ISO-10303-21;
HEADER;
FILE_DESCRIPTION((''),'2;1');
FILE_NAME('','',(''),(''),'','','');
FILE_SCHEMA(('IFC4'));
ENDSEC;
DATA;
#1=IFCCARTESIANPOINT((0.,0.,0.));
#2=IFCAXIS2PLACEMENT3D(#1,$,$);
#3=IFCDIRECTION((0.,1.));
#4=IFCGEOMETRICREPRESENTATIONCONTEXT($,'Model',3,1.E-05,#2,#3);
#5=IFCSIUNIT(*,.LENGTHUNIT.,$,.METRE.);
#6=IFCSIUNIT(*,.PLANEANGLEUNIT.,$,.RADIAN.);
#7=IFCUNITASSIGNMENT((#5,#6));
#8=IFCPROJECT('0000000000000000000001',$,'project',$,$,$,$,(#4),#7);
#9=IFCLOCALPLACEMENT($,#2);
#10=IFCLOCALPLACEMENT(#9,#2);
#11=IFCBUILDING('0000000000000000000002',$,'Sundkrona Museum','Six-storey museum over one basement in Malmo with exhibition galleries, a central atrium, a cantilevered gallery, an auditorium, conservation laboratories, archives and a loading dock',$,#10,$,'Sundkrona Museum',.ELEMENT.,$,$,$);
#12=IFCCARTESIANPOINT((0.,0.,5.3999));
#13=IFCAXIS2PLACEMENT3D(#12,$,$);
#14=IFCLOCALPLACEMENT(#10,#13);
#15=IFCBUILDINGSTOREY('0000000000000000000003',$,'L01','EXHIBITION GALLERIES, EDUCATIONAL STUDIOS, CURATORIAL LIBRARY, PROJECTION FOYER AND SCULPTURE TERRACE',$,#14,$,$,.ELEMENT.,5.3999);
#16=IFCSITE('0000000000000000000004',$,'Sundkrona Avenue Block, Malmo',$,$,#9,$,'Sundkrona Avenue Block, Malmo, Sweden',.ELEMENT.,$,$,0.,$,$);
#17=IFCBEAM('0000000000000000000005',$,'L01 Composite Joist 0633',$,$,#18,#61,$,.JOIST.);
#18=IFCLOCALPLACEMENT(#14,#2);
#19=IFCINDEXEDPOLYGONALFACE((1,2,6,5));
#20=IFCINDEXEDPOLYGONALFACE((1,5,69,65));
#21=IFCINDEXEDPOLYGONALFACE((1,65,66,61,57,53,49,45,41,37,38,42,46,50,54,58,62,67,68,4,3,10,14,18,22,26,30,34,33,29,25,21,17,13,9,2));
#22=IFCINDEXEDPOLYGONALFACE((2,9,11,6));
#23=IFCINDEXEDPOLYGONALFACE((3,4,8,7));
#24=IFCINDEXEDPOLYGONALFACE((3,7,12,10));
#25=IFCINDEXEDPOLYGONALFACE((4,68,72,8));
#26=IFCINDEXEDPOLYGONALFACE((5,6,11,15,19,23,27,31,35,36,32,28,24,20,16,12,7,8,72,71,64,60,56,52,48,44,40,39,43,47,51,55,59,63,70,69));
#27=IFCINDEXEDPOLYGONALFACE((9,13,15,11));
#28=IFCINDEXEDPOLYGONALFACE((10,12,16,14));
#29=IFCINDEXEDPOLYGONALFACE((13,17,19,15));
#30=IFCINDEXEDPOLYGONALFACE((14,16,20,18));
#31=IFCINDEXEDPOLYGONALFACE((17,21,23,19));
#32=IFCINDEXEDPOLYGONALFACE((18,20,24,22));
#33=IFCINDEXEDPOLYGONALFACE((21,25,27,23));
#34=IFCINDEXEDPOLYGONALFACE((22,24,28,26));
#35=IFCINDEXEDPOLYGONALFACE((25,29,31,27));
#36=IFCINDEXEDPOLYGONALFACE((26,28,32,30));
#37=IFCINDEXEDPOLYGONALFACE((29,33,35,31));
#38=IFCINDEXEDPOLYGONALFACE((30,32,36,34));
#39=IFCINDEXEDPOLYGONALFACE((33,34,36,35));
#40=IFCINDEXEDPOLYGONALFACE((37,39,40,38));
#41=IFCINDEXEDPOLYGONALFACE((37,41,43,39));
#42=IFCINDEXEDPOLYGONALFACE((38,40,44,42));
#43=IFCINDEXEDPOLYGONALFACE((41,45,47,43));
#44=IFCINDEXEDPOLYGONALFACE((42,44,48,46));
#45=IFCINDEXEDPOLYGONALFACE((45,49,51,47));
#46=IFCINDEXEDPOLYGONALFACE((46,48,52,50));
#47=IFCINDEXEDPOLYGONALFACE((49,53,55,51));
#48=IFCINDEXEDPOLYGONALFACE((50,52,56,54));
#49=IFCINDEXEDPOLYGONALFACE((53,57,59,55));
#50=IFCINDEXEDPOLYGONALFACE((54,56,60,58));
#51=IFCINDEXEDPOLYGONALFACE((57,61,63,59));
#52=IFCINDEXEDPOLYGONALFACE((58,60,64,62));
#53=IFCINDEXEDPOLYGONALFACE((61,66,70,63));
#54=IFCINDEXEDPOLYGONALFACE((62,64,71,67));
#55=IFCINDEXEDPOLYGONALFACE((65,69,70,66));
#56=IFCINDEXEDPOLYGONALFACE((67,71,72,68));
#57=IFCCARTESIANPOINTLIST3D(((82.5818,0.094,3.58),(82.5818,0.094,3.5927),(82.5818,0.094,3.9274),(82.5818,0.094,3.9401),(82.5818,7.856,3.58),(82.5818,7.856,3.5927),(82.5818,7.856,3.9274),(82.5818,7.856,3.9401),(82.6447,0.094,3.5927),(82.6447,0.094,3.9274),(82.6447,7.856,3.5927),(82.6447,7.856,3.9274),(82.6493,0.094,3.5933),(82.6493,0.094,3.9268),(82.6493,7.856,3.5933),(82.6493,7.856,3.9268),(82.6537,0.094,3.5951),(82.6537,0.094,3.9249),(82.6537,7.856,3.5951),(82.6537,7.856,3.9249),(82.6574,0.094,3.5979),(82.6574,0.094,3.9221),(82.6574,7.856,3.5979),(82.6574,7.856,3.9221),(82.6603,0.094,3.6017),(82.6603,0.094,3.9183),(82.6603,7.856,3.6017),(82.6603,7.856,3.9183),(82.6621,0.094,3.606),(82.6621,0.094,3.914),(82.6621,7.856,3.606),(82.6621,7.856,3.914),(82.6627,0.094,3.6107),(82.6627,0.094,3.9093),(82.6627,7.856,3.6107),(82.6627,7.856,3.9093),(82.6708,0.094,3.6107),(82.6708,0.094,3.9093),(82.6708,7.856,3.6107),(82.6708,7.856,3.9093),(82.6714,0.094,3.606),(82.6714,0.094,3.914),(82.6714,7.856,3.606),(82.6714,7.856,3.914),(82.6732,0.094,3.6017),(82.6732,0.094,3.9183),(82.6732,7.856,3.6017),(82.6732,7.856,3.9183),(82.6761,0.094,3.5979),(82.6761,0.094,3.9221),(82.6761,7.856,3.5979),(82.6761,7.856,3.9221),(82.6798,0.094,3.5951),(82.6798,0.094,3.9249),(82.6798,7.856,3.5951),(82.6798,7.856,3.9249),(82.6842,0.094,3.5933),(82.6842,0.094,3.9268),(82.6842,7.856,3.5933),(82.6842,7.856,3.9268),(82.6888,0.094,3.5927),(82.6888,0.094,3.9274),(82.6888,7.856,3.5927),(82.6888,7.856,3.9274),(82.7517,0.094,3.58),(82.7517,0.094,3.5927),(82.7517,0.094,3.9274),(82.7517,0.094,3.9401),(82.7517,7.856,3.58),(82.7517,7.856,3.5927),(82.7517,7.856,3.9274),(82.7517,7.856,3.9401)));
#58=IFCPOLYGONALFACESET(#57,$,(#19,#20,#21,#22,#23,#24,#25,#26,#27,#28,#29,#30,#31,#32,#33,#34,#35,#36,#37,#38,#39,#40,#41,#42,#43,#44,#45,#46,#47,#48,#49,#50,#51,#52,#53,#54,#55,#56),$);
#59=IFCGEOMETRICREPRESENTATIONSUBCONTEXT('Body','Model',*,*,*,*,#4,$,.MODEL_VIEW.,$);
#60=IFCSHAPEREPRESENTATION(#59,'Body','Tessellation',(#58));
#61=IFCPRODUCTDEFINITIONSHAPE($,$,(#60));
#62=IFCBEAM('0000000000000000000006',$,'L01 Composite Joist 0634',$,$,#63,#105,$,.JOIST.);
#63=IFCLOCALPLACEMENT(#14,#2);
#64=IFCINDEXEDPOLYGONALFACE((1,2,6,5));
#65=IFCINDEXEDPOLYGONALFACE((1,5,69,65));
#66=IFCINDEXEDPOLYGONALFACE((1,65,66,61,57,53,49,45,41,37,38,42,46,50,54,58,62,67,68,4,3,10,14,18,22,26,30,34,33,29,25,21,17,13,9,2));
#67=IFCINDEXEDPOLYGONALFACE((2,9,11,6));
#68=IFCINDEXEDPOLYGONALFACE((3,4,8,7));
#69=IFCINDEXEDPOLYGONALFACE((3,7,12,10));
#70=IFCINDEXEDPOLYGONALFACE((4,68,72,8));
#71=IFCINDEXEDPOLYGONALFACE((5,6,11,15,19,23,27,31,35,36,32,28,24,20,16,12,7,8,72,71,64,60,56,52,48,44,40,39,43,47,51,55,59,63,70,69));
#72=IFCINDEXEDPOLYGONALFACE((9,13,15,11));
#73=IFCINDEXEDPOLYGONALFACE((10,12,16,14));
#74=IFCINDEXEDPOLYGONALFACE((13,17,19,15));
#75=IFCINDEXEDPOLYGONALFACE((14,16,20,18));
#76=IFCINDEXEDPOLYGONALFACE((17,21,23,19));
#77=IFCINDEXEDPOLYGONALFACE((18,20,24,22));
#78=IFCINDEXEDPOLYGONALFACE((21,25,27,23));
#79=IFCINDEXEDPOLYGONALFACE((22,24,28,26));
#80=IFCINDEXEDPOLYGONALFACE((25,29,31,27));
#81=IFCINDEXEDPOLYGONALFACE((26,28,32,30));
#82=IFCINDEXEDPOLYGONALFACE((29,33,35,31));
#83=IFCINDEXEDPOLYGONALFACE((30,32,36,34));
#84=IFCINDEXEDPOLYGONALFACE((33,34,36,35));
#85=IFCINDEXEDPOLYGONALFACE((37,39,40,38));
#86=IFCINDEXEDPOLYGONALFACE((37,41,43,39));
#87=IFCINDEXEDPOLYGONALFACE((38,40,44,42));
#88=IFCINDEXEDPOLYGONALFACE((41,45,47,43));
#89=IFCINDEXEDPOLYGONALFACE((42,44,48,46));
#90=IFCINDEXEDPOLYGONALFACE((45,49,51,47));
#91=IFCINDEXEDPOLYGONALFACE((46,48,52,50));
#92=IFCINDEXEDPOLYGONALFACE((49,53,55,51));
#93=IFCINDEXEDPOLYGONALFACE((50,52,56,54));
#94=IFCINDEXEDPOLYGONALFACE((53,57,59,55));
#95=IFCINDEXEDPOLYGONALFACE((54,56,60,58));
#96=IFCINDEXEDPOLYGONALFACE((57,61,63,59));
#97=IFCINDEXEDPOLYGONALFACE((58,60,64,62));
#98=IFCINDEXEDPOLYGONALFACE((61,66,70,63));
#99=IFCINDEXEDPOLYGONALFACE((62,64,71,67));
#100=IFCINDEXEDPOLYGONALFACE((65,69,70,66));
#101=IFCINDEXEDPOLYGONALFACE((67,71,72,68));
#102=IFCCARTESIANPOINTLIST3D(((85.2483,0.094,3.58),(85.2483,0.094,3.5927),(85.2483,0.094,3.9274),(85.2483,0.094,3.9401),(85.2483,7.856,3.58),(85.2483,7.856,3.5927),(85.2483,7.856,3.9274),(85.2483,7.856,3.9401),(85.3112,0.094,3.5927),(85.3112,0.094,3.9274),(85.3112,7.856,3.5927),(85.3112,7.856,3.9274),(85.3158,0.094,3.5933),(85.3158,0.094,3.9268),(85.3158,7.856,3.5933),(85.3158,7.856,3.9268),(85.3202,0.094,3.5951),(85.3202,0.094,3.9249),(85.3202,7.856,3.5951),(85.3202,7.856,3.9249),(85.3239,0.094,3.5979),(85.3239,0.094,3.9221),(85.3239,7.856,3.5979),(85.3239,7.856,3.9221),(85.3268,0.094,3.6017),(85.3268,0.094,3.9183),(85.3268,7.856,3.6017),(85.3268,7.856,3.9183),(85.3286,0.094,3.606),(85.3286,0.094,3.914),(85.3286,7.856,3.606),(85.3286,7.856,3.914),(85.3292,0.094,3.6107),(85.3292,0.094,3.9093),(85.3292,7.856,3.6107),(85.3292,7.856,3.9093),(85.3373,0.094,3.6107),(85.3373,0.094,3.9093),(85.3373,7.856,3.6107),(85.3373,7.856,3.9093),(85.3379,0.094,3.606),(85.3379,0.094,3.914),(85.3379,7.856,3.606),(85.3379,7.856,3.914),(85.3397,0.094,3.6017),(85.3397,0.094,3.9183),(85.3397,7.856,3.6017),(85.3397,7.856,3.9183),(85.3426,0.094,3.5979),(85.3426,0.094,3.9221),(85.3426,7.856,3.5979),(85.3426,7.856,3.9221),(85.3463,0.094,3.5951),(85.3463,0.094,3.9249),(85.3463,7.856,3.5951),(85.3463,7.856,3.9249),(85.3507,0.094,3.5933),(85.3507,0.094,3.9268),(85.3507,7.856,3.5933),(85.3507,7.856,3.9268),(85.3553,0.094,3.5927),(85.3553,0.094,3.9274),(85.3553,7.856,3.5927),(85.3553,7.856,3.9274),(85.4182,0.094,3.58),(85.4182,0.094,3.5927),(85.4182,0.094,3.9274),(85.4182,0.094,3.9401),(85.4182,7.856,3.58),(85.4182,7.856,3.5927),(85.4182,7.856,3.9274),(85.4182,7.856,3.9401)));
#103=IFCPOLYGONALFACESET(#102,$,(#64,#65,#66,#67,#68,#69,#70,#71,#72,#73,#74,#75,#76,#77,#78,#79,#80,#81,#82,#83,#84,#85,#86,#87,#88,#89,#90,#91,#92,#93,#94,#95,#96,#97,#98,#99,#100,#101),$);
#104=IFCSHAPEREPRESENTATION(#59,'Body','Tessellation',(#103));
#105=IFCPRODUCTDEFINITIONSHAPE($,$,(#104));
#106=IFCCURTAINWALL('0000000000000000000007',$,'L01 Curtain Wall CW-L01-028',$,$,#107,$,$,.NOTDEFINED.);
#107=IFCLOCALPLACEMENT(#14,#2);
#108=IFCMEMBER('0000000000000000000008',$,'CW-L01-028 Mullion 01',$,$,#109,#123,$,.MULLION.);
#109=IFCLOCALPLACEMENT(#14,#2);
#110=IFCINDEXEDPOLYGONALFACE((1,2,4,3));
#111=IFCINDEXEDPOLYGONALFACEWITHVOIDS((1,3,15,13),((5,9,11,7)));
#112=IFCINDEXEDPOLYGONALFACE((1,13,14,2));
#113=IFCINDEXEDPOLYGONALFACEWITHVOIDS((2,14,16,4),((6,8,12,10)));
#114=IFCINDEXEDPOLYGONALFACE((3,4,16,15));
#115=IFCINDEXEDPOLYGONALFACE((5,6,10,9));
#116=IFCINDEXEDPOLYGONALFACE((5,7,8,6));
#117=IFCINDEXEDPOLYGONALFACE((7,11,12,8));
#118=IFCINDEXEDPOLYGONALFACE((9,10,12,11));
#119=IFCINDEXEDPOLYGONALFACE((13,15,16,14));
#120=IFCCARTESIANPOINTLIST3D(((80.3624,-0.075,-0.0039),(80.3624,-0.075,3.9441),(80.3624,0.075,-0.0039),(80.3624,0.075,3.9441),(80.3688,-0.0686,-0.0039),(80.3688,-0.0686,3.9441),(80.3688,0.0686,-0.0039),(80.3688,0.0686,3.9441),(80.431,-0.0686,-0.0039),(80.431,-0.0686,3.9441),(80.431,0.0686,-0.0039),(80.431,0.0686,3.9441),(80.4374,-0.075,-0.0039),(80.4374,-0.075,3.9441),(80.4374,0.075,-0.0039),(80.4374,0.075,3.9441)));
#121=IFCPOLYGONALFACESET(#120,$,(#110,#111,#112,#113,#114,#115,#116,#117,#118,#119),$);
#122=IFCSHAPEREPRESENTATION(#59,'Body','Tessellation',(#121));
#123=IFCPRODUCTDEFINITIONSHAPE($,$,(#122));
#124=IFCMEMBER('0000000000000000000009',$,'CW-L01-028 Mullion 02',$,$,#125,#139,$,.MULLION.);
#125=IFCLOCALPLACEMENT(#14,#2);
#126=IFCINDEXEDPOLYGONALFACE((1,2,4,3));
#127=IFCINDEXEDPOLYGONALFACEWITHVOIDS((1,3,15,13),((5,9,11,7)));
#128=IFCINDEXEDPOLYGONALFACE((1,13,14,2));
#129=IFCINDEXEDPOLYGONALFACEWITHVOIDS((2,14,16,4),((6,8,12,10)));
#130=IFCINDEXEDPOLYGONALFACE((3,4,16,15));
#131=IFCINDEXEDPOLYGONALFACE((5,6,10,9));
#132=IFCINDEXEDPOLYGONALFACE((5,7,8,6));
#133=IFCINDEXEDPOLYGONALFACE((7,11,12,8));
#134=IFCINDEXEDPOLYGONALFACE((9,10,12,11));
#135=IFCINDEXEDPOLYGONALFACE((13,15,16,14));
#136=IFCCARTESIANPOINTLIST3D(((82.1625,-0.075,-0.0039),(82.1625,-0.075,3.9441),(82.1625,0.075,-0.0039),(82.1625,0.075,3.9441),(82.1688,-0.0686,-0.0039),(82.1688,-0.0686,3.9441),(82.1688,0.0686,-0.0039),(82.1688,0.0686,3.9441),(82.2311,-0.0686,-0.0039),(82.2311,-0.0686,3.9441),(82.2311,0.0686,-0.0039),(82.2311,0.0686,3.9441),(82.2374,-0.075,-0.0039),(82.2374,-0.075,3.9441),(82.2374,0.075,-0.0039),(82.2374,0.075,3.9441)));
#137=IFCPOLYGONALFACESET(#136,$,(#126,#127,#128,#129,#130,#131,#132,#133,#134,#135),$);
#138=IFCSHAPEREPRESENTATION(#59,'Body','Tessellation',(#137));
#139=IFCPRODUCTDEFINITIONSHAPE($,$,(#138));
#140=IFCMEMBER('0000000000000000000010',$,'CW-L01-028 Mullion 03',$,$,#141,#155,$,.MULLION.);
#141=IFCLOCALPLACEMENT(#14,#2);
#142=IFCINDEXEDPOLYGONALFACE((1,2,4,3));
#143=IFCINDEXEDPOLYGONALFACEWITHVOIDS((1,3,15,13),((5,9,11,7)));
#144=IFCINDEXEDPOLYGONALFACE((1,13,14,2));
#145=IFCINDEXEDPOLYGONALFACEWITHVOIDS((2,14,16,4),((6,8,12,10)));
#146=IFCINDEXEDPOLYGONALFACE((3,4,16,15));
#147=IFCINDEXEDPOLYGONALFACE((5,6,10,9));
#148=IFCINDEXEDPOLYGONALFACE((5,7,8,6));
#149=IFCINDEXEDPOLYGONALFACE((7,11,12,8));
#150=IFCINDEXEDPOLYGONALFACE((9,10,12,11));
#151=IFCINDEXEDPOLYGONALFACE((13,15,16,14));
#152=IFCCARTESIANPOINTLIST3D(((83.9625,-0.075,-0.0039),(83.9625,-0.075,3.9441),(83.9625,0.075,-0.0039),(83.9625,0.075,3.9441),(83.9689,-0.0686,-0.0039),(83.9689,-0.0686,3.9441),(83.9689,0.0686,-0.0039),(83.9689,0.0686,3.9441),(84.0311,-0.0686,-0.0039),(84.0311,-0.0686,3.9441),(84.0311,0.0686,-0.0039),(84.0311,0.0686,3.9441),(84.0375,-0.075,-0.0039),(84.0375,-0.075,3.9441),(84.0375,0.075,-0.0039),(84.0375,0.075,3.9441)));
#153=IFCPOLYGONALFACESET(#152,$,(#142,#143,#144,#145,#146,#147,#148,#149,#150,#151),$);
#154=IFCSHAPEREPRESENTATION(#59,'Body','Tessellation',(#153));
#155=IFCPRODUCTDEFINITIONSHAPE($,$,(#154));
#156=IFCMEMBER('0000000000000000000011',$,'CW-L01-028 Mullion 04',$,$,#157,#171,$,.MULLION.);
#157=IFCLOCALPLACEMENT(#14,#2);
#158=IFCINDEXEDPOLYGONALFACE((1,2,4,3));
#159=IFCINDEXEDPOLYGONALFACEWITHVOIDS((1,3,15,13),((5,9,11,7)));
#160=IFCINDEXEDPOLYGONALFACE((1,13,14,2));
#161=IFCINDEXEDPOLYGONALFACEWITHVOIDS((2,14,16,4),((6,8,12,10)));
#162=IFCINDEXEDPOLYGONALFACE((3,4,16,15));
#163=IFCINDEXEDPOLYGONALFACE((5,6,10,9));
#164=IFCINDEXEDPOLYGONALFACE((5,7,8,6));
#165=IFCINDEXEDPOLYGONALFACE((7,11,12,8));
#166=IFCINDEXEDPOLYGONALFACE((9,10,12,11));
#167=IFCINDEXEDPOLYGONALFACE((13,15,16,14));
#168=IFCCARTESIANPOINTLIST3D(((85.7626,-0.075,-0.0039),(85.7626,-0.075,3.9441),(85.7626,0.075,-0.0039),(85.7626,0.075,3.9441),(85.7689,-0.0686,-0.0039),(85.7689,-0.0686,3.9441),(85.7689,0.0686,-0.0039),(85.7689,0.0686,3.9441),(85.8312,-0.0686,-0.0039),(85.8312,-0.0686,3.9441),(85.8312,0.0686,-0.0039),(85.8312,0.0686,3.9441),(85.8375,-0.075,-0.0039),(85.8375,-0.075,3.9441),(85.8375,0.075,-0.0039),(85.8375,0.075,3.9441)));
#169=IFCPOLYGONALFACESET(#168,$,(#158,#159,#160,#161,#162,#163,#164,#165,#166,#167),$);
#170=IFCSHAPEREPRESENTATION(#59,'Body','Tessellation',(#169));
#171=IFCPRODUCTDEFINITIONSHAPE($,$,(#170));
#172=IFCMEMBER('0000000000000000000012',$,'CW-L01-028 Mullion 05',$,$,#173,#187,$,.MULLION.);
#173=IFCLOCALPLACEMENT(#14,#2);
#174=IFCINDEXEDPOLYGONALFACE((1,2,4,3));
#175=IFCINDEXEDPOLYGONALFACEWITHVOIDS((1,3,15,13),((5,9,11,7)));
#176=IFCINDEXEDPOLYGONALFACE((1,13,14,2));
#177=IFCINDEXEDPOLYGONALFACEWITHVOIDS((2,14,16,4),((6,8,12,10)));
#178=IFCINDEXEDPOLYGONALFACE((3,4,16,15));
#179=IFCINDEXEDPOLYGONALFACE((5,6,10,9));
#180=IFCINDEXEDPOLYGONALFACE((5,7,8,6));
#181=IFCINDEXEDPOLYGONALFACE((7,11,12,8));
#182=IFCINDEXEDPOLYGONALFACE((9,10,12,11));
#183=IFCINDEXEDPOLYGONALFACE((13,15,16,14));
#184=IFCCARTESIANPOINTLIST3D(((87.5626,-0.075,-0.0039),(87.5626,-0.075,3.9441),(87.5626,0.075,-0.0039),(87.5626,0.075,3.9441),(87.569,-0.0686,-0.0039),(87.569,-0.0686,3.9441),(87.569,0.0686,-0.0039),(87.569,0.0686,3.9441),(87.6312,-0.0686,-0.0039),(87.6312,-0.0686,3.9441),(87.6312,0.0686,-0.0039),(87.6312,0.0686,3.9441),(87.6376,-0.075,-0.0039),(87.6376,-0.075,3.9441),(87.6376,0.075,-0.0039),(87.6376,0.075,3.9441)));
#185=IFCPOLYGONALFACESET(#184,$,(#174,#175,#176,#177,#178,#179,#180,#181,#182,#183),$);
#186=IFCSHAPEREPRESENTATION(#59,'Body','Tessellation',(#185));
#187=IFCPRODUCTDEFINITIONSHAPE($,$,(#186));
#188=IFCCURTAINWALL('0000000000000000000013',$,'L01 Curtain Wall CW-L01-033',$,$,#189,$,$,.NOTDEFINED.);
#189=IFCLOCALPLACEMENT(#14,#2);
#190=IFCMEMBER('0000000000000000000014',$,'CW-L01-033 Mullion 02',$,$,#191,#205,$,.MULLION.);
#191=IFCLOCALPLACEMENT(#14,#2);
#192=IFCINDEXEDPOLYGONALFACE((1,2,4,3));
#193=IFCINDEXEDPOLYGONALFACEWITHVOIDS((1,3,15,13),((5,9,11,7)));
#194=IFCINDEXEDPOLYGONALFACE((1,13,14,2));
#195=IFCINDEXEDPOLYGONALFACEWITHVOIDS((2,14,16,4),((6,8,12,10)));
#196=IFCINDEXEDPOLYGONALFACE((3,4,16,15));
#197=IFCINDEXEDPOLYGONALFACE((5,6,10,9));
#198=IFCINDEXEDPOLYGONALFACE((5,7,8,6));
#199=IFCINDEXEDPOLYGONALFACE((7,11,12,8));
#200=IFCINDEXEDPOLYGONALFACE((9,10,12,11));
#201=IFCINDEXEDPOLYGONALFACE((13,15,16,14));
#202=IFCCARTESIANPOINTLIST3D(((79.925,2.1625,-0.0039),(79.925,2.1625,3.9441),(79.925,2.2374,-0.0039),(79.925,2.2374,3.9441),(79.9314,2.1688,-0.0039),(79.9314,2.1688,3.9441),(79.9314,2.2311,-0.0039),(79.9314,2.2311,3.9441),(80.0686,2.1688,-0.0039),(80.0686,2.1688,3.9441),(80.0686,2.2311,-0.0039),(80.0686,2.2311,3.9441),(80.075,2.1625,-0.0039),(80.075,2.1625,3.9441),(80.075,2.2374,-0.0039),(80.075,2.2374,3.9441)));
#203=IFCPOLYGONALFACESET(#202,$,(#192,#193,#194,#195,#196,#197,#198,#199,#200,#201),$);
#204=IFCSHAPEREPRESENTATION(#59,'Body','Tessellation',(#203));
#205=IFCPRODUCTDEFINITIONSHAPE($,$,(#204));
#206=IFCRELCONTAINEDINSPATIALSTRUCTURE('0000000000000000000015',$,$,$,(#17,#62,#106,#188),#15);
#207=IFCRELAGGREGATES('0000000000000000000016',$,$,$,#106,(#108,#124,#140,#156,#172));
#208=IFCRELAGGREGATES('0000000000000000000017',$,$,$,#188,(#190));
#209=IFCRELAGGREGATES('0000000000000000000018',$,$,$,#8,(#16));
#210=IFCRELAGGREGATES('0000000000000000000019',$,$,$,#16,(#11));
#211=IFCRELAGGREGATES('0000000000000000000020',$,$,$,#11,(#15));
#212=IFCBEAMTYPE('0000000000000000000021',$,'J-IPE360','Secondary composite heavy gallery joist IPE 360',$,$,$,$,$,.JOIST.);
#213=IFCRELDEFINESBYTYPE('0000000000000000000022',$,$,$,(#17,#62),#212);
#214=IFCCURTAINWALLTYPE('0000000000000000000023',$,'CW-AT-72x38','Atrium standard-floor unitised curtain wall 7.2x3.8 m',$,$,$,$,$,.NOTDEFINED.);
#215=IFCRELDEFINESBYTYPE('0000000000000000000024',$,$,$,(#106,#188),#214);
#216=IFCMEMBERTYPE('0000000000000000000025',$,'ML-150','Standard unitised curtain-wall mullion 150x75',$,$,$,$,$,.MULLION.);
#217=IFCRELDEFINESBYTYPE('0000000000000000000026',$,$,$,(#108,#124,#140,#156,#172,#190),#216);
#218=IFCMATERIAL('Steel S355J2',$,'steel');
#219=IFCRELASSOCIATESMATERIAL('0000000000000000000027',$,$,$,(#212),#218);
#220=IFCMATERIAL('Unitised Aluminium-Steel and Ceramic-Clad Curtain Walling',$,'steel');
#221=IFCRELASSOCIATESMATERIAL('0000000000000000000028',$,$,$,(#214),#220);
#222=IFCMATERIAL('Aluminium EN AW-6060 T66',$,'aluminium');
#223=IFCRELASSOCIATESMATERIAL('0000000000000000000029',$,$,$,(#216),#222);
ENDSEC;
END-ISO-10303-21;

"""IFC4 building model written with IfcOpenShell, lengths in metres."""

from ifc_helpers import new_model, si_unit, direction, frame, origin, origin_2d, place, context, subcontext, project, spatial, hollow_rectangle, i_section, extrude, material, material_profile, profile_set, type_object, element, aggregate, save


model = new_model("IFC4")

# Units and contexts
model_context = context("Model", 3, precision=1e-05, world=origin(), true_north=direction((0.0, 1.0)))
body_context = subcontext(model_context, "Body", "Model", "MODEL_VIEW")
ifc_project = project(units=[si_unit("LENGTHUNIT", "METRE"), si_unit("PLANEANGLEUNIT", "RADIAN")], contexts=[model_context])

# Site, building, storey
site_placement = place(None, origin())
site = spatial("IfcSite", under=ifc_project, at=site_placement, Name="Sundkrona Avenue Block, Malmo", LongName="Sundkrona Avenue Block, Malmo, Sweden", CompositionType="ELEMENT", RefElevation=0.0)
building_placement = place(site_placement, origin())
building = spatial("IfcBuilding", under=site, at=building_placement, Name="Sundkrona Museum", Description="Six-storey museum over one basement in Malmo with exhibition galleries, a central atrium, a cantilevered gallery, an auditorium, conservation laboratories, archives and a loading dock", LongName="Sundkrona Museum", CompositionType="ELEMENT")
storey_placement = place(building_placement, frame((0.0, 0.0, 5.3999)))
storey = spatial("IfcBuildingStorey", under=building, at=storey_placement, Name="L01", Description="EXHIBITION GALLERIES, EDUCATIONAL STUDIOS, CURATORIAL LIBRARY, PROJECTION FOYER AND SCULPTURE TERRACE", CompositionType="ELEMENT", Elevation=5.3999)

# Beams
ifc_material_1 = material(Name="Steel S355J2", Category="steel")
ifc_material_profile_1 = material_profile(ifc_material_1, i_section(OverallWidth=0.1699, OverallDepth=0.3601, WebThickness=0.0081, FlangeThickness=0.0127, FilletRadius=0.0181, at=origin_2d()), Name="IPE 360")
ifc_profile_set_1 = profile_set([ifc_material_profile_1], Name="Steel S355J2")
beam_type = type_object("IfcBeamType", Name="J-IPE360", Description="Secondary composite heavy gallery joist IPE 360", PredefinedType="JOIST", material=ifc_profile_set_1)
for number, where, z_axis, x_axis, name in (
    (1, (82.6667, 0.094, 3.76), (0.0, 1.0, 0.0), (-1.0, 0.0, 0.0), "L01 Composite Joist 0633"),
    (2, (85.3333, 0.094, 3.76), (0.0, 1.0, 0.0), (-1.0, 0.0, 0.0), "L01 Composite Joist 0634"),
):
    element("IfcBeam", number, at=place(storey_placement, frame(where, z_axis=z_axis, x_axis=x_axis)), inside=storey, type_object=beam_type, Name=name, PredefinedType="JOIST", context=body_context, shape_type="SweptSolid", body=[
        extrude(i_section(OverallWidth=0.1699, OverallDepth=0.3601, WebThickness=0.0081, FlangeThickness=0.0127, FilletRadius=0.0181, at=origin_2d()), origin(), (0.0, 0.0, 1.0), 7.762),
    ])

# Curtain walls, members
ifc_material_2 = material(Name="Unitised Aluminium-Steel and Ceramic-Clad Curtain Walling", Category="steel")
curtain_wall_type = type_object("IfcCurtainWallType", Name="CW-AT-72x38", Description="Atrium standard-floor unitised curtain wall 7.2x3.8 m", PredefinedType="NOTDEFINED", material=ifc_material_2)
curtain_wall_1_placement = place(storey_placement, origin())
curtain_wall_1 = element("IfcCurtainWall", 3, at=curtain_wall_1_placement, inside=storey, type_object=curtain_wall_type, Name="L01 Curtain Wall CW-L01-028", PredefinedType="NOTDEFINED")
ifc_material_3 = material(Name="Aluminium EN AW-6060 T66", Category="aluminium")
ifc_material_profile_2 = material_profile(ifc_material_3, hollow_rectangle(XDim=0.075, YDim=0.1499, WallThickness=0.0063, at=origin_2d()), Name="RHS 150x75x6.3")
ifc_profile_set_2 = profile_set([ifc_material_profile_2], Name="Aluminium EN AW-6060 T66")
member_type_1 = type_object("IfcMemberType", Name="ML-150", Description="Standard unitised curtain-wall mullion 150x75", PredefinedType="MULLION", material=ifc_profile_set_2)
member_1_placement = place(storey_placement, frame((80.3999, 0.0, -0.0039), z_axis=(0.0, 0.0, 1.0), x_axis=(1.0, 0.0, 0.0)))
member_1 = element("IfcMember", 4, at=member_1_placement, type_object=member_type_1, Name="CW-L01-028 Mullion 01", PredefinedType="MULLION", context=body_context, shape_type="SweptSolid", body=[
    extrude(hollow_rectangle(XDim=0.075, YDim=0.1499, WallThickness=0.0063, at=origin_2d()), origin(), (0.0, 0.0, 1.0), 3.948),
])
member_2_placement = place(storey_placement, frame((82.2, 0.0, -0.0039), z_axis=(0.0, 0.0, 1.0), x_axis=(1.0, 0.0, 0.0)))
member_2 = element("IfcMember", 5, at=member_2_placement, type_object=member_type_1, Name="CW-L01-028 Mullion 02", PredefinedType="MULLION", context=body_context, shape_type="SweptSolid", body=[
    extrude(hollow_rectangle(XDim=0.075, YDim=0.1499, WallThickness=0.0063, at=origin_2d()), origin(), (0.0, 0.0, 1.0), 3.948),
])
member_3_placement = place(storey_placement, frame((84.0, 0.0, -0.0039), z_axis=(0.0, 0.0, 1.0), x_axis=(1.0, 0.0, 0.0)))
member_3 = element("IfcMember", 6, at=member_3_placement, type_object=member_type_1, Name="CW-L01-028 Mullion 03", PredefinedType="MULLION", context=body_context, shape_type="SweptSolid", body=[
    extrude(hollow_rectangle(XDim=0.075, YDim=0.1499, WallThickness=0.0063, at=origin_2d()), origin(), (0.0, 0.0, 1.0), 3.948),
])
member_4_placement = place(storey_placement, frame((85.8, 0.0, -0.0039), z_axis=(0.0, 0.0, 1.0), x_axis=(1.0, 0.0, 0.0)))
member_4 = element("IfcMember", 7, at=member_4_placement, type_object=member_type_1, Name="CW-L01-028 Mullion 04", PredefinedType="MULLION", context=body_context, shape_type="SweptSolid", body=[
    extrude(hollow_rectangle(XDim=0.075, YDim=0.1499, WallThickness=0.0063, at=origin_2d()), origin(), (0.0, 0.0, 1.0), 3.948),
])
member_5_placement = place(storey_placement, frame((87.6001, 0.0, -0.0039), z_axis=(0.0, 0.0, 1.0), x_axis=(1.0, 0.0, 0.0)))
member_5 = element("IfcMember", 8, at=member_5_placement, type_object=member_type_1, Name="CW-L01-028 Mullion 05", PredefinedType="MULLION", context=body_context, shape_type="SweptSolid", body=[
    extrude(hollow_rectangle(XDim=0.075, YDim=0.1499, WallThickness=0.0063, at=origin_2d()), origin(), (0.0, 0.0, 1.0), 3.948),
])
curtain_wall_2_placement = place(storey_placement, origin())
curtain_wall_2 = element("IfcCurtainWall", 9, at=curtain_wall_2_placement, inside=storey, type_object=curtain_wall_type, Name="L01 Curtain Wall CW-L01-033", PredefinedType="NOTDEFINED")
member_6_placement = place(storey_placement, frame((80.0, 2.2, -0.0039), z_axis=(0.0, 0.0, 1.0), x_axis=(0.0, 1.0, 0.0)))
member_6 = element("IfcMember", 10, at=member_6_placement, type_object=member_type_1, Name="CW-L01-033 Mullion 02", PredefinedType="MULLION", context=body_context, shape_type="SweptSolid", body=[
    extrude(hollow_rectangle(XDim=0.075, YDim=0.1499, WallThickness=0.0063, at=origin_2d()), origin(), (0.0, 0.0, 1.0), 3.948),
])

aggregate(curtain_wall_1, [member_1, member_2, member_3, member_4, member_5])
aggregate(curtain_wall_2, [member_6])

save(model, "model.ifc")
